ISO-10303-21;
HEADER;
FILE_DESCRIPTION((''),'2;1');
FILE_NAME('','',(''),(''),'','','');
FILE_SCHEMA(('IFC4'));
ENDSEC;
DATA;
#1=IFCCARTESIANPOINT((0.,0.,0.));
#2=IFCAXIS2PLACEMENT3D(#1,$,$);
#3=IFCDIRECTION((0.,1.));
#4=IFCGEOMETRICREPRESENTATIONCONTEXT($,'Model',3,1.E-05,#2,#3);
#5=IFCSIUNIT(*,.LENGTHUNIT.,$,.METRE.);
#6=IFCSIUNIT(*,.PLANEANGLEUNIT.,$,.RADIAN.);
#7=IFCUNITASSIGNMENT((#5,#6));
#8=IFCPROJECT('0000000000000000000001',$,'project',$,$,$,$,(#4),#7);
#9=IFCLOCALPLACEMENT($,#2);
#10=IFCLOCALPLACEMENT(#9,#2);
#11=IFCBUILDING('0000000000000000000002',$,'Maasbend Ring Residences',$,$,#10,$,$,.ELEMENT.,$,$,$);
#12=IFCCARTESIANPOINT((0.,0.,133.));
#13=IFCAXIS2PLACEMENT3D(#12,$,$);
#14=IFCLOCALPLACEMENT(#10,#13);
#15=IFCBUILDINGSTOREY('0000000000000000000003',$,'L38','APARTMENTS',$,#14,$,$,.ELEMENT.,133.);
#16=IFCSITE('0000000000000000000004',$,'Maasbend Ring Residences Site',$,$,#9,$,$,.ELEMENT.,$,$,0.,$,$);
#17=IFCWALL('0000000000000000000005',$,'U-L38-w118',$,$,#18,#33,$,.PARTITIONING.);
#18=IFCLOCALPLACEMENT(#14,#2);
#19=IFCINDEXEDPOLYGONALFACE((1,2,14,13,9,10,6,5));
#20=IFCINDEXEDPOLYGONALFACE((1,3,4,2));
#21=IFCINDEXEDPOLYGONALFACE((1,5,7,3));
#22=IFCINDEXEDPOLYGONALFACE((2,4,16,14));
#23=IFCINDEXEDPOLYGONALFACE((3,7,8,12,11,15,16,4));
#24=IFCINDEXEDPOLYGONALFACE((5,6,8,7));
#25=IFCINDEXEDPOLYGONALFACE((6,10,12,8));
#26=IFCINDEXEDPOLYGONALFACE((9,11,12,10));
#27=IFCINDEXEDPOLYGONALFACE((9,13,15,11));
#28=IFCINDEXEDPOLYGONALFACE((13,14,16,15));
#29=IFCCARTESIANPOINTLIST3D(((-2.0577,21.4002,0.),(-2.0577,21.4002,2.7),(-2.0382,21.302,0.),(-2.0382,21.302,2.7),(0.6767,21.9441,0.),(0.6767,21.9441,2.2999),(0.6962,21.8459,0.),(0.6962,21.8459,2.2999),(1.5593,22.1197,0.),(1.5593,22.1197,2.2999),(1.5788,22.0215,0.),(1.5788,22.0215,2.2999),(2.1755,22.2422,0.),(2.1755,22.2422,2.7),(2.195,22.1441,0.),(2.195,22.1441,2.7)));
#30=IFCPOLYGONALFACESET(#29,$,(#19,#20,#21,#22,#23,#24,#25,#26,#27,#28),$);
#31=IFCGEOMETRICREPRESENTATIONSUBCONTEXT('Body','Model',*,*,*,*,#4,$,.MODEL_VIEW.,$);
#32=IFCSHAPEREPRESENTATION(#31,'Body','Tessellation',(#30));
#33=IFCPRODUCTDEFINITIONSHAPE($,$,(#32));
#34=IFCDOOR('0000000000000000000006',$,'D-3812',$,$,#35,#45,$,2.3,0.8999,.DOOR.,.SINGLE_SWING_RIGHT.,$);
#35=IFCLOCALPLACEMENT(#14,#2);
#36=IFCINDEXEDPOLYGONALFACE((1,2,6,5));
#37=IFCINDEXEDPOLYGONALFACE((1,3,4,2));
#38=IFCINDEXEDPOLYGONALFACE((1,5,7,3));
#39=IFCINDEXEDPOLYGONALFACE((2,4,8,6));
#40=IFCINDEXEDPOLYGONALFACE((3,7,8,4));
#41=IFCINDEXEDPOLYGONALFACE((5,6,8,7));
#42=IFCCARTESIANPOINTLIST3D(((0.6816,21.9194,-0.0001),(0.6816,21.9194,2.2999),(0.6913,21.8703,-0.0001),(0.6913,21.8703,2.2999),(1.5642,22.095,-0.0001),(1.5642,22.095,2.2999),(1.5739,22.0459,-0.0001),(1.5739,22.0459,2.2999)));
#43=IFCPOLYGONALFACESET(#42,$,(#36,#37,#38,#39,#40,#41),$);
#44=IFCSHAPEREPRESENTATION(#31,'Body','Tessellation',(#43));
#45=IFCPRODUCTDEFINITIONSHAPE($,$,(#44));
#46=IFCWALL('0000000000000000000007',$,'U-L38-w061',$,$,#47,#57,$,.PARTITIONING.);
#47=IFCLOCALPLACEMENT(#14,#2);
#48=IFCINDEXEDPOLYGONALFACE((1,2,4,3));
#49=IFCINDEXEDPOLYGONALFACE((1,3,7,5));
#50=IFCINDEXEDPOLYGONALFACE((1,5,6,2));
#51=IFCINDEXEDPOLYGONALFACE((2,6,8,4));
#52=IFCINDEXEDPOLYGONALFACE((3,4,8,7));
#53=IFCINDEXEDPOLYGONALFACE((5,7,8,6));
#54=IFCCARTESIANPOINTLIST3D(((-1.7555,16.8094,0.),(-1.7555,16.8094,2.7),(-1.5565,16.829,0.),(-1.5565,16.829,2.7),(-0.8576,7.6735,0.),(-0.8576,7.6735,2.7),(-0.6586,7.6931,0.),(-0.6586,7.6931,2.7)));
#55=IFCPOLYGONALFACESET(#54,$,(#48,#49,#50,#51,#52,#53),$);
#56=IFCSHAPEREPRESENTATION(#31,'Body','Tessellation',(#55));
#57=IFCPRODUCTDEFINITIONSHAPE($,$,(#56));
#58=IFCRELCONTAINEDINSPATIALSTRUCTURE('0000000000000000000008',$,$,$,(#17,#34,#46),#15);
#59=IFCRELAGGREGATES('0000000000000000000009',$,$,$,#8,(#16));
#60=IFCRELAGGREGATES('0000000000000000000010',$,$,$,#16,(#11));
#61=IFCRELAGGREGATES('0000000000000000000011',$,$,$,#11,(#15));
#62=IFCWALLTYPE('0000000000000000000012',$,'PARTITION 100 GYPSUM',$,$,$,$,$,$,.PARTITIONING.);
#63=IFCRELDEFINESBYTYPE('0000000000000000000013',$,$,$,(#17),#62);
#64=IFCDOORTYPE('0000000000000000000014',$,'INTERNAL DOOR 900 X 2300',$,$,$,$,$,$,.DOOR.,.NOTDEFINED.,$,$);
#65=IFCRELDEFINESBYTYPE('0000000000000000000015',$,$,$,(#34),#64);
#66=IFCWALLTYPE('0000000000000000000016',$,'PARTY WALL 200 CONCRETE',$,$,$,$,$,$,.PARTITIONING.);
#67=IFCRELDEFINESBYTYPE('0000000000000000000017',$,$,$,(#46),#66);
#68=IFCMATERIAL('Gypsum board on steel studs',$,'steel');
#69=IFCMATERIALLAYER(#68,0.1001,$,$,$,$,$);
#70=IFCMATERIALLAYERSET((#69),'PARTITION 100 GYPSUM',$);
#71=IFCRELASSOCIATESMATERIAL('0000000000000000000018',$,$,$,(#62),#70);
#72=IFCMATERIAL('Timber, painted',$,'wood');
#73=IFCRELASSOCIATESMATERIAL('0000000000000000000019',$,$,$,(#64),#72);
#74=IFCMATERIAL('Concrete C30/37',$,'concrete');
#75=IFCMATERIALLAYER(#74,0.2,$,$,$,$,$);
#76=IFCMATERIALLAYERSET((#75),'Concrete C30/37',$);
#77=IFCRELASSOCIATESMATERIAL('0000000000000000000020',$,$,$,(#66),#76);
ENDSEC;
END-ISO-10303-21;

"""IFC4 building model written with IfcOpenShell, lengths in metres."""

from ifc_helpers import new_model, si_unit, direction, frame, frame_2d, origin, place, context, subcontext, project, spatial, rectangle, extrude, material, layer, layer_set, type_object, element, fill, save


model = new_model("IFC4")

# Units and contexts
model_context = context("Model", 3, precision=1e-05, world=origin(), true_north=direction((0.0, 1.0)))
body_context = subcontext(model_context, "Body", "Model", "MODEL_VIEW")
ifc_project = project(units=[si_unit("LENGTHUNIT", "METRE"), si_unit("PLANEANGLEUNIT", "RADIAN")], contexts=[model_context])

# Site, building, storey
site_placement = place(None, origin())
site = spatial("IfcSite", under=ifc_project, at=site_placement, Name="Maasbend Ring Residences Site", CompositionType="ELEMENT", RefElevation=0.0)
building_placement = place(site_placement, origin())
building = spatial("IfcBuilding", under=site, at=building_placement, Name="Maasbend Ring Residences", CompositionType="ELEMENT")
storey_placement = place(building_placement, frame((0.0, 0.0, 133.0)))
storey = spatial("IfcBuildingStorey", under=building, at=storey_placement, Name="L38", Description="APARTMENTS", CompositionType="ELEMENT", Elevation=133.0)

# Shared definitions
ifc_material_1 = material(Name="Gypsum board on steel studs", Category="steel")
ifc_layer_1 = layer(ifc_material_1, 0.1001)
ifc_layer_set_1 = layer_set([ifc_layer_1], Name="PARTITION 100 GYPSUM")
wall_type_1 = type_object("IfcWallType", Name="PARTITION 100 GYPSUM", PredefinedType="PARTITIONING", material=ifc_layer_set_1)
ifc_material_2 = material(Name="Timber, painted", Category="wood")
door_type_1 = type_object("IfcDoorType", Name="INTERNAL DOOR 900 X 2300", OperationType="NOTDEFINED", PredefinedType="DOOR", material=ifc_material_2)

# Wall, opening, door
wall_1_placement = place(storey_placement, frame((-2.0481, 21.3511, 0.0), z_axis=(0.0, 0.0, 1.0), x_axis=(0.980785, 0.195094, 0.0)))
wall_1 = element("IfcWall", 1, at=wall_1_placement, inside=storey, type_object=wall_type_1, Name="U-L38-w118", PredefinedType="PARTITIONING", context=body_context, shape_type="SweptSolid", body=[
    extrude(rectangle(XDim=4.3162, YDim=0.1001, at=frame_2d((2.1582, 0.0))), origin(), (0.0, 0.0, 1.0), 2.7),
])
opening_1_placement = place(wall_1_placement, frame((2.7881, 0.0, 0.0)))
opening_1 = element("IfcOpeningElement", 2, at=opening_1_placement, cuts=wall_1, PredefinedType="OPENING", context=body_context, shape_type="SweptSolid", body=[
    extrude(rectangle(XDim=0.8999, YDim=2.3, at=frame_2d((0.45, 1.1499))), frame((0.0, 0.0601, 0.0), z_axis=(0.0, -1.0, 0.0), x_axis=(1.0, 0.0, 0.0)), (0.0, 0.0, 1.0), 0.1201),
])
door_1_placement = place(opening_1_placement, origin())
door_1 = element("IfcDoor", 3, at=door_1_placement, inside=storey, type_object=door_type_1, Name="D-3812", OperationType="SINGLE_SWING_RIGHT", OverallHeight=2.3, OverallWidth=0.8999, PredefinedType="DOOR", context=body_context, shape_type="SweptSolid", body=[
    extrude(rectangle(XDim=0.8999, YDim=2.3, at=frame_2d((0.45, 1.1499))), frame((0.0, 0.0249, 0.0), z_axis=(0.0, -1.0, 0.0), x_axis=(1.0, 0.0, 0.0)), (0.0, 0.0, 1.0), 0.05),
])
fill(opening_1, door_1)

# Wall
ifc_material_3 = material(Name="Concrete C30/37", Category="concrete")
ifc_layer_2 = layer(ifc_material_3, 0.2)
ifc_layer_set_2 = layer_set([ifc_layer_2], Name="Concrete C30/37")
wall_type_2 = type_object("IfcWallType", Name="PARTY WALL 200 CONCRETE", PredefinedType="PARTITIONING", material=ifc_layer_set_2)
wall_2_placement = place(storey_placement, frame((-1.656, 16.8191, 0.0), z_axis=(0.0, 0.0, 1.0), x_axis=(0.097816, -0.995205, 0.0)))
element("IfcWall", 4, at=wall_2_placement, inside=storey, type_object=wall_type_2, Name="U-L38-w061", PredefinedType="PARTITIONING", context=body_context, shape_type="SweptSolid", body=[
    extrude(rectangle(XDim=9.1799, YDim=0.2, at=frame_2d((4.5898, 0.0))), origin(), (0.0, 0.0, 1.0), 2.7),
])

save(model, "model.ifc")
